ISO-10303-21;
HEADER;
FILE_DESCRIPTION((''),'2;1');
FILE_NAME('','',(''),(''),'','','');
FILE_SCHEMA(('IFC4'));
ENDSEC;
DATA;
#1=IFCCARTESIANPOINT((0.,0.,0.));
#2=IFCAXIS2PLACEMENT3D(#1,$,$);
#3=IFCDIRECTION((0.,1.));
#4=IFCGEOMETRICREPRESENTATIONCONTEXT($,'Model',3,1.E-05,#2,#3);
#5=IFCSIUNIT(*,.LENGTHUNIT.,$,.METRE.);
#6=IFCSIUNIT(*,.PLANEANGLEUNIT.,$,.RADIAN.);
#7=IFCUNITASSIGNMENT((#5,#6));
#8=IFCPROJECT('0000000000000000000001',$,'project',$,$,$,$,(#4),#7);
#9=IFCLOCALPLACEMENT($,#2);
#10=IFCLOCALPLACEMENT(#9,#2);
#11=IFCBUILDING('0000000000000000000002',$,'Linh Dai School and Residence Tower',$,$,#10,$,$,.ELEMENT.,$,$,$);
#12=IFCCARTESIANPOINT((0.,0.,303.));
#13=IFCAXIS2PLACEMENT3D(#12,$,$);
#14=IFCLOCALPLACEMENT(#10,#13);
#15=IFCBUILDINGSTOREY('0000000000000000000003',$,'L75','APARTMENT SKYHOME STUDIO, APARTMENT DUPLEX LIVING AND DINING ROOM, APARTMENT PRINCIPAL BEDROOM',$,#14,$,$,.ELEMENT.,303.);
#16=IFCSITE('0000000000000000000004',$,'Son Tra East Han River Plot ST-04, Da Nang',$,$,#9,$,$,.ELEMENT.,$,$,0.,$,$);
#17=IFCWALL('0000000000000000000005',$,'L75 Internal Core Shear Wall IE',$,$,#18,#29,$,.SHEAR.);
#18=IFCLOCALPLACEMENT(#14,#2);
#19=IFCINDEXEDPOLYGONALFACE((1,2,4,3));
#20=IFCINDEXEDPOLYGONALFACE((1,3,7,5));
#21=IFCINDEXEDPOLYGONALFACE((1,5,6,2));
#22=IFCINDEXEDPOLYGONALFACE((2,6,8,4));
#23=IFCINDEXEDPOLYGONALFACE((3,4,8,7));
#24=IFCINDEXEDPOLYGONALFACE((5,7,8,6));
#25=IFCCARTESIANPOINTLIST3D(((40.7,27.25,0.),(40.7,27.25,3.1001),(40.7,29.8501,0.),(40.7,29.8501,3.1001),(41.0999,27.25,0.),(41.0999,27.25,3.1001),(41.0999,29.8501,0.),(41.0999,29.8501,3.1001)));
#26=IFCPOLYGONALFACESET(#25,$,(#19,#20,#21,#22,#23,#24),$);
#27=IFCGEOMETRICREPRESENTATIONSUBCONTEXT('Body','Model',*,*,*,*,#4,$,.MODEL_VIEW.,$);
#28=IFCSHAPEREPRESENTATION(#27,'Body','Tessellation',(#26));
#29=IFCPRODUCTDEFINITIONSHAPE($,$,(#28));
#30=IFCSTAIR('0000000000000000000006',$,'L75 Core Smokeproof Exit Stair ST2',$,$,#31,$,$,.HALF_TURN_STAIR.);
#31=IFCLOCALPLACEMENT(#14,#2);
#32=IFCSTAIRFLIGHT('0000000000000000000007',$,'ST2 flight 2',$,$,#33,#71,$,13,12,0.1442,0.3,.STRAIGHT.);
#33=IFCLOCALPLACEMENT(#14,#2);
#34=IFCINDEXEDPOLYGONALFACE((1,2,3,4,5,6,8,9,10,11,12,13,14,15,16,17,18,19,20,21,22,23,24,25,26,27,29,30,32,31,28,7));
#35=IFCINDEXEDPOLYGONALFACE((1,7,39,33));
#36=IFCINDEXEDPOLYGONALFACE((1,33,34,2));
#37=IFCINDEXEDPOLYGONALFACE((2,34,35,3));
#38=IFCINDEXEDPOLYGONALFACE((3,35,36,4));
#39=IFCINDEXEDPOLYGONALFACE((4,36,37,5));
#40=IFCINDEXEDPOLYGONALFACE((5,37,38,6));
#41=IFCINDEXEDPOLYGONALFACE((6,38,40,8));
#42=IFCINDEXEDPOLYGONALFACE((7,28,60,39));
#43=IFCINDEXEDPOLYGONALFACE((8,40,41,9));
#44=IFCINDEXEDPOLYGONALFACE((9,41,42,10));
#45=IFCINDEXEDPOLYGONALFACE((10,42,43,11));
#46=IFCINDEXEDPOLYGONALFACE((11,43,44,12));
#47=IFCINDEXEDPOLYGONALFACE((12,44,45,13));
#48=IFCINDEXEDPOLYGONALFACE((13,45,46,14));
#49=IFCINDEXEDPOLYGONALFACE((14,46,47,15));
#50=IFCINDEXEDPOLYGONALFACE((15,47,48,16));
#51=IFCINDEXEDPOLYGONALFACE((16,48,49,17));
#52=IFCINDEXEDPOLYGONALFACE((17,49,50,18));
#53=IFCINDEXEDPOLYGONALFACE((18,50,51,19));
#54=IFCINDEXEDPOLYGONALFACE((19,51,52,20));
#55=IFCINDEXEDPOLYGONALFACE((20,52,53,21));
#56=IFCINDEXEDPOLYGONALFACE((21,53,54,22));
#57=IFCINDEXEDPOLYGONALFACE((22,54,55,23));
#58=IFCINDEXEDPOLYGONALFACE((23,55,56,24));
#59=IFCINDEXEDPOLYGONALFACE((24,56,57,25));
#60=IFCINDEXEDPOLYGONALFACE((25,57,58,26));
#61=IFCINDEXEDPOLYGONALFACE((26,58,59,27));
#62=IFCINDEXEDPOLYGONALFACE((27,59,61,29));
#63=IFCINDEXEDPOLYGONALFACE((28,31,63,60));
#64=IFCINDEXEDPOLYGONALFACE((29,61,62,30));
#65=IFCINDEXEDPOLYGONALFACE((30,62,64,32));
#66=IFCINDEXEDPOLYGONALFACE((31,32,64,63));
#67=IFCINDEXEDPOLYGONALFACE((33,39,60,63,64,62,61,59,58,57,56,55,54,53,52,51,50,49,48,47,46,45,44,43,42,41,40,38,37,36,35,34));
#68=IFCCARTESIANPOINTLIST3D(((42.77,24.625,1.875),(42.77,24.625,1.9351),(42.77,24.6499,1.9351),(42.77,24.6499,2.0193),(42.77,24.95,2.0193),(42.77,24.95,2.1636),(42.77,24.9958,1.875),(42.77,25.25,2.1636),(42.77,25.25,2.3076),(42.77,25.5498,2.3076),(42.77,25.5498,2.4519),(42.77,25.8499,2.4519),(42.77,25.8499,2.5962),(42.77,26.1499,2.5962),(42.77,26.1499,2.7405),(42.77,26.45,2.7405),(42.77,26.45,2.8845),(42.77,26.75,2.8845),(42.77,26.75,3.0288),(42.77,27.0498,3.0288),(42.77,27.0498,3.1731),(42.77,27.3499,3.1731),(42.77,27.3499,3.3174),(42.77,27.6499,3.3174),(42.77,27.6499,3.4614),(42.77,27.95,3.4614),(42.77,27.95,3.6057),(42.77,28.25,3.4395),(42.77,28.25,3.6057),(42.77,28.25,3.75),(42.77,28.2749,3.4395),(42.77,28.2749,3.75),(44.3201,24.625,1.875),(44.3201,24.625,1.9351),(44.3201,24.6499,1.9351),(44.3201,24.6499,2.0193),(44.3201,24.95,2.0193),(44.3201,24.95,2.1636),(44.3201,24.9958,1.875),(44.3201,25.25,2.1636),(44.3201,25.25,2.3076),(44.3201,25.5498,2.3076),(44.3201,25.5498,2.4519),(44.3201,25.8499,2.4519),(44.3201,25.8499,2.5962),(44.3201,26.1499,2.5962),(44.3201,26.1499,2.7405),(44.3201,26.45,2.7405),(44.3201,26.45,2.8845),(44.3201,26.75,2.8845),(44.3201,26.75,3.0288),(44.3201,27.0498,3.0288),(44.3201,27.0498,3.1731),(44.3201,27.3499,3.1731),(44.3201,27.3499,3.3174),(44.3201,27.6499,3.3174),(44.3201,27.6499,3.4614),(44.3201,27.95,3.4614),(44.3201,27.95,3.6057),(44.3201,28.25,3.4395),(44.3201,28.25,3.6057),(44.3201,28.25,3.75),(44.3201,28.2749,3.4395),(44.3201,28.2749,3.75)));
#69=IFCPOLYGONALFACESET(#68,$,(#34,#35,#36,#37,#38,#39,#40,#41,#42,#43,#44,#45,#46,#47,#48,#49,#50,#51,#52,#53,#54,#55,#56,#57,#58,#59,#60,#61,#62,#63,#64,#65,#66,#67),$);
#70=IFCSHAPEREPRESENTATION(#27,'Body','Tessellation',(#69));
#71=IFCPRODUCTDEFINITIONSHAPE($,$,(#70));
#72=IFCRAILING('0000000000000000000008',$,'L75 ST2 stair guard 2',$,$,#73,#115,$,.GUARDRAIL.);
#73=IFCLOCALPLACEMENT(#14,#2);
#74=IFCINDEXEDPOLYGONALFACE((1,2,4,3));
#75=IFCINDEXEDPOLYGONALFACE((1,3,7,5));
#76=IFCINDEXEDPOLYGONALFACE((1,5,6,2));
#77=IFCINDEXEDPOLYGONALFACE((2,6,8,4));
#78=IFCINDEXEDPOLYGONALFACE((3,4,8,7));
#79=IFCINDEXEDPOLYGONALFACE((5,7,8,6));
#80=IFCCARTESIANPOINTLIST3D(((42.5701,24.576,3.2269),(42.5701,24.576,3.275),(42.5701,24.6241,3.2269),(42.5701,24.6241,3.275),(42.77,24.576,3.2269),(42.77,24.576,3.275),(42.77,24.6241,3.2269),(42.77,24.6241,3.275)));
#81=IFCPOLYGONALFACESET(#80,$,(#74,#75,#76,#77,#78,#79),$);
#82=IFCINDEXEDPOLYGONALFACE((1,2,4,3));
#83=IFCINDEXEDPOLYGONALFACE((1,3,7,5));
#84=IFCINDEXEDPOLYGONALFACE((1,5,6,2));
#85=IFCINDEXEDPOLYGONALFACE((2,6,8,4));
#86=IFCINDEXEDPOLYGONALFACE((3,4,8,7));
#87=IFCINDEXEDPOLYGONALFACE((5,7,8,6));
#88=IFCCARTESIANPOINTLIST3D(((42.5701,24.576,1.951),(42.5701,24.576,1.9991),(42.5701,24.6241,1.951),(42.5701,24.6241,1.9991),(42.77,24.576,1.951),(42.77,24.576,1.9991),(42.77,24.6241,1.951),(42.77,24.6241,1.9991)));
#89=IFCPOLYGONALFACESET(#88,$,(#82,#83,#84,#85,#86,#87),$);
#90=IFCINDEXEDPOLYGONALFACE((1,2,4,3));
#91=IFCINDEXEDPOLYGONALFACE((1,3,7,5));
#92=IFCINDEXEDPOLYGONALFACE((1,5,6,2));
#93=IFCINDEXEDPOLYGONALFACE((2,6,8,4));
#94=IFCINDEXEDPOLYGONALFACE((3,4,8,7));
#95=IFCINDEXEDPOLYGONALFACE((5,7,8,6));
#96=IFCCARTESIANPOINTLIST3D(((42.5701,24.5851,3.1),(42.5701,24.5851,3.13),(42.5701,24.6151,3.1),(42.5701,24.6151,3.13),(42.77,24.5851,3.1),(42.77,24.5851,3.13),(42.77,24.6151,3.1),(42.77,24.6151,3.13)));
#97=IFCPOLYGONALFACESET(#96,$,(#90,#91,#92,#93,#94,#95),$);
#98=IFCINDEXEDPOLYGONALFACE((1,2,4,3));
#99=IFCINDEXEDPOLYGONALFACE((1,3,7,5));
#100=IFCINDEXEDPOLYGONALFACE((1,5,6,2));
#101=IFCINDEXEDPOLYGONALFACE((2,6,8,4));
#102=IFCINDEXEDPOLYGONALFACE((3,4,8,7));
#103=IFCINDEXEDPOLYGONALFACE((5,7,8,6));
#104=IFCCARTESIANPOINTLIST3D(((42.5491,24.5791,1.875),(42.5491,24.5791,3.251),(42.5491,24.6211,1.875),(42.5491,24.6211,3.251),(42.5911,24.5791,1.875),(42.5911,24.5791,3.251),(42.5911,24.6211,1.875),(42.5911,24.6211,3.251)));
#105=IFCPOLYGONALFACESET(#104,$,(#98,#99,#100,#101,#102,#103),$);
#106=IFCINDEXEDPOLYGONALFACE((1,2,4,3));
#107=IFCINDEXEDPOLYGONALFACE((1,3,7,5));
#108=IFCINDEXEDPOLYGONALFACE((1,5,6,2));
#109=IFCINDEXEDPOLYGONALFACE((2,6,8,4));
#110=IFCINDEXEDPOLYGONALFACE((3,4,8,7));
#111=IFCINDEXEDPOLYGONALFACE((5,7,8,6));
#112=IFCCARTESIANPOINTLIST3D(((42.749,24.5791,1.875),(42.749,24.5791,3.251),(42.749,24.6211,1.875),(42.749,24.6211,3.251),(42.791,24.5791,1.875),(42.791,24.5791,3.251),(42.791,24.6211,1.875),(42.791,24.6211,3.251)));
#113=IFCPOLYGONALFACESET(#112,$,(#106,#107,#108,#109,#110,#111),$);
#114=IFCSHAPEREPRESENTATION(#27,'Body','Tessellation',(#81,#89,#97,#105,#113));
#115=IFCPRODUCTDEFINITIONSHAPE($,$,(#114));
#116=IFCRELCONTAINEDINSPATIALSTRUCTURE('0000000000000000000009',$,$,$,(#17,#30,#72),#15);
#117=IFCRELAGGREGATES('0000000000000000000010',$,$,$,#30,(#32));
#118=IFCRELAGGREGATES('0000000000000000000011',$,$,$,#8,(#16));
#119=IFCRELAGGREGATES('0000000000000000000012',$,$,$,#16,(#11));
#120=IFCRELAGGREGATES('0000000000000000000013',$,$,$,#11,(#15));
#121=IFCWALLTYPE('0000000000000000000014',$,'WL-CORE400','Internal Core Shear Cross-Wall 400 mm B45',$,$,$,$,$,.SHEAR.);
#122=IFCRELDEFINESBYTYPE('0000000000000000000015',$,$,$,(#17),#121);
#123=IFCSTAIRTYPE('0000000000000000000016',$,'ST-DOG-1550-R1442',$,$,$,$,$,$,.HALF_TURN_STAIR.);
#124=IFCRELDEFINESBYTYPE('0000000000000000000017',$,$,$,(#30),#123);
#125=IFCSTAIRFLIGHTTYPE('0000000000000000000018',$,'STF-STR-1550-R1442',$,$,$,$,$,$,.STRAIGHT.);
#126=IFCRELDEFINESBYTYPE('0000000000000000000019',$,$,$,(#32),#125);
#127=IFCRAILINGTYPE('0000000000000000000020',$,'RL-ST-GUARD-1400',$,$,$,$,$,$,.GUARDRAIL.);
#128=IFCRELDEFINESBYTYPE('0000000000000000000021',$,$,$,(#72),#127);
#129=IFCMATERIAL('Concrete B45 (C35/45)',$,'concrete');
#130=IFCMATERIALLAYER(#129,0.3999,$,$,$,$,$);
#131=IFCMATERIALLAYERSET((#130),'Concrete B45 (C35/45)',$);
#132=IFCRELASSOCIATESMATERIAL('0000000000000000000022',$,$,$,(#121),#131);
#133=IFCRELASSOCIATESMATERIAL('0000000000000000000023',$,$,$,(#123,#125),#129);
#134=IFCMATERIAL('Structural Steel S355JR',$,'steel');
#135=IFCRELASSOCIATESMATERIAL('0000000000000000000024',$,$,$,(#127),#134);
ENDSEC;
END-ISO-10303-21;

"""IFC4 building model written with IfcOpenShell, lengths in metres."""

from ifc_helpers import new_model, si_unit, direction, frame, frame_2d, origin, origin_2d, place, context, subcontext, project, spatial, polyline, rectangle, outline, extrude, source, transform, mapped, material, layer, layer_set, type_object, element, aggregate, save


model = new_model("IFC4")

# Units and contexts
model_context = context("Model", 3, precision=1e-05, world=origin(), true_north=direction((0.0, 1.0)))
body_context = subcontext(model_context, "Body", "Model", "MODEL_VIEW")
ifc_project = project(units=[si_unit("LENGTHUNIT", "METRE"), si_unit("PLANEANGLEUNIT", "RADIAN")], contexts=[model_context])

# Site, building, storey
site_placement = place(None, origin())
site = spatial("IfcSite", under=ifc_project, at=site_placement, Name="Son Tra East Han River Plot ST-04, Da Nang", CompositionType="ELEMENT", RefElevation=0.0)
building_placement = place(site_placement, origin())
building = spatial("IfcBuilding", under=site, at=building_placement, Name="Linh Dai School and Residence Tower", CompositionType="ELEMENT")
storey_placement = place(building_placement, frame((0.0, 0.0, 303.0)))
storey = spatial("IfcBuildingStorey", under=building, at=storey_placement, Name="L75", Description="APARTMENT SKYHOME STUDIO, APARTMENT DUPLEX LIVING AND DINING ROOM, APARTMENT PRINCIPAL BEDROOM", CompositionType="ELEMENT", Elevation=303.0)

# Shared definitions
ifc_material_1 = material(Name="Structural Steel S355JR", Category="steel")

# Wall
ifc_material_2 = material(Name="Concrete B45 (C35/45)", Category="concrete")
ifc_layer_1 = layer(ifc_material_2, 0.3999)
ifc_layer_set_1 = layer_set([ifc_layer_1], Name="Concrete B45 (C35/45)")
wall_type_1 = type_object("IfcWallType", Name="WL-CORE400", Description="Internal Core Shear Cross-Wall 400 mm B45", PredefinedType="SHEAR", material=ifc_layer_set_1)
wall_1_placement = place(storey_placement, frame((40.8999, 27.25, 0.0), z_axis=(0.0, 0.0, 1.0), x_axis=(0.0, 1.0, 0.0)))
element("IfcWall", 1, at=wall_1_placement, inside=storey, type_object=wall_type_1, Name="L75 Internal Core Shear Wall IE", PredefinedType="SHEAR", context=body_context, shape_type="SweptSolid", body=[
    extrude(rectangle(XDim=2.6001, YDim=0.3999, at=frame_2d((1.3, 0.0))), origin(), (0.0, 0.0, 1.0), 3.1001),
])

# Stair, stair flight
stair_type = type_object("IfcStairType", Name="ST-DOG-1550-R1442", PredefinedType="HALF_TURN_STAIR", material=ifc_material_2)
stair_placement = place(storey_placement, origin())
stair = element("IfcStair", 2, at=stair_placement, inside=storey, type_object=stair_type, Name="L75 Core Smokeproof Exit Stair ST2", PredefinedType="HALF_TURN_STAIR")
stair_flight_type = type_object("IfcStairFlightType", Name="STF-STR-1550-R1442", PredefinedType="STRAIGHT", material=ifc_material_2)
shared_shape_1 = source(origin(), body_context, "Body", "SweptSolid", [
    extrude(outline(polyline([(-0.0249, 0.0), (-0.0249, 0.0601), (0.0, 0.0601), (0.0, 0.1443), (0.3, 0.1443), (0.3, 0.2886), (0.6001, 0.2886), (0.6001, 0.4326), (0.8999, 0.4326), (0.8999, 0.5769), (1.2, 0.5769), (1.2, 0.7212), (1.5, 0.7212), (1.5, 0.8655), (1.8, 0.8655), (1.8, 1.0095), (2.1001, 1.0095), (2.1001, 1.1538), (2.3999, 1.1538), (2.3999, 1.2981), (2.7, 1.2981), (2.7, 1.4424), (3.0, 1.4424), (3.0, 1.5864), (3.3, 1.5864), (3.3, 1.7307), (3.6001, 1.7307), (3.6001, 1.875), (3.625, 1.875), (3.625, 1.5645), (3.6001, 1.5645), (0.3459, 0.0), (-0.0249, 0.0)])), frame((0.0, 0.7749, 0.0), z_axis=(0.0, -1.0, 0.0), x_axis=(1.0, 0.0, 0.0)), (0.0, 0.0, 1.0), 1.55),
])
stair_flight_placement = place(storey_placement, frame((43.5449, 24.6499, 1.875), z_axis=(0.0, 0.0, 1.0), x_axis=(0.0, 1.0, 0.0)))
stair_flight = element("IfcStairFlight", 3, at=stair_flight_placement, type_object=stair_flight_type, Name="ST2 flight 2", NumberOfRisers=13, NumberOfTreads=12, PredefinedType="STRAIGHT", RiserHeight=0.1442, TreadLength=0.3, context=body_context, shape_type="MappedRepresentation", body=[
    mapped(shared_shape_1, transform((0.0, 0.0, 0.0), x_axis=(1.0, 0.0, 0.0), y_axis=(0.0, 1.0, 0.0), z_axis=(0.0, 0.0, 1.0), scale=1.0)),
])
aggregate(stair, [stair_flight])

# Railing
railing_type = type_object("IfcRailingType", Name="RL-ST-GUARD-1400", PredefinedType="GUARDRAIL", material=ifc_material_1)
shared_shape_2 = source(origin(), body_context, "Body", "SweptSolid", [
    extrude(rectangle(XDim=0.0481, YDim=0.0481, at=origin_2d()), frame((0.0, 0.0, 1.376), z_axis=(1.0, 0.0, 0.0), x_axis=(0.0, 1.0, 0.0)), (0.0, 0.0, 1.0), 0.2),
    extrude(rectangle(XDim=0.0481, YDim=0.0481, at=origin_2d()), frame((0.0, 0.0, 0.1001), z_axis=(1.0, 0.0, 0.0), x_axis=(0.0, 1.0, 0.0)), (0.0, 0.0, 1.0), 0.2),
    extrude(rectangle(XDim=0.03, YDim=0.03, at=origin_2d()), frame((0.0, 0.0, 1.24), z_axis=(1.0, 0.0, 0.0), x_axis=(0.0, 1.0, 0.0)), (0.0, 0.0, 1.0), 0.2),
    extrude(rectangle(XDim=0.042, YDim=0.042, at=origin_2d()), origin(), (0.0, 0.0, 1.0), 1.376),
    extrude(rectangle(XDim=0.042, YDim=0.042, at=origin_2d()), frame((0.2, 0.0, 0.0)), (0.0, 0.0, 1.0), 1.376),
])
railing_1_placement = place(storey_placement, frame((42.5701, 24.6001, 1.875)))
element("IfcRailing", 4, at=railing_1_placement, inside=storey, type_object=railing_type, Name="L75 ST2 stair guard 2", PredefinedType="GUARDRAIL", context=body_context, shape_type="MappedRepresentation", body=[
    mapped(shared_shape_2, transform((0.0, 0.0, 0.0), x_axis=(1.0, 0.0, 0.0), y_axis=(0.0, 1.0, 0.0), z_axis=(0.0, 0.0, 1.0), scale=1.0)),
])

save(model, "model.ifc")
